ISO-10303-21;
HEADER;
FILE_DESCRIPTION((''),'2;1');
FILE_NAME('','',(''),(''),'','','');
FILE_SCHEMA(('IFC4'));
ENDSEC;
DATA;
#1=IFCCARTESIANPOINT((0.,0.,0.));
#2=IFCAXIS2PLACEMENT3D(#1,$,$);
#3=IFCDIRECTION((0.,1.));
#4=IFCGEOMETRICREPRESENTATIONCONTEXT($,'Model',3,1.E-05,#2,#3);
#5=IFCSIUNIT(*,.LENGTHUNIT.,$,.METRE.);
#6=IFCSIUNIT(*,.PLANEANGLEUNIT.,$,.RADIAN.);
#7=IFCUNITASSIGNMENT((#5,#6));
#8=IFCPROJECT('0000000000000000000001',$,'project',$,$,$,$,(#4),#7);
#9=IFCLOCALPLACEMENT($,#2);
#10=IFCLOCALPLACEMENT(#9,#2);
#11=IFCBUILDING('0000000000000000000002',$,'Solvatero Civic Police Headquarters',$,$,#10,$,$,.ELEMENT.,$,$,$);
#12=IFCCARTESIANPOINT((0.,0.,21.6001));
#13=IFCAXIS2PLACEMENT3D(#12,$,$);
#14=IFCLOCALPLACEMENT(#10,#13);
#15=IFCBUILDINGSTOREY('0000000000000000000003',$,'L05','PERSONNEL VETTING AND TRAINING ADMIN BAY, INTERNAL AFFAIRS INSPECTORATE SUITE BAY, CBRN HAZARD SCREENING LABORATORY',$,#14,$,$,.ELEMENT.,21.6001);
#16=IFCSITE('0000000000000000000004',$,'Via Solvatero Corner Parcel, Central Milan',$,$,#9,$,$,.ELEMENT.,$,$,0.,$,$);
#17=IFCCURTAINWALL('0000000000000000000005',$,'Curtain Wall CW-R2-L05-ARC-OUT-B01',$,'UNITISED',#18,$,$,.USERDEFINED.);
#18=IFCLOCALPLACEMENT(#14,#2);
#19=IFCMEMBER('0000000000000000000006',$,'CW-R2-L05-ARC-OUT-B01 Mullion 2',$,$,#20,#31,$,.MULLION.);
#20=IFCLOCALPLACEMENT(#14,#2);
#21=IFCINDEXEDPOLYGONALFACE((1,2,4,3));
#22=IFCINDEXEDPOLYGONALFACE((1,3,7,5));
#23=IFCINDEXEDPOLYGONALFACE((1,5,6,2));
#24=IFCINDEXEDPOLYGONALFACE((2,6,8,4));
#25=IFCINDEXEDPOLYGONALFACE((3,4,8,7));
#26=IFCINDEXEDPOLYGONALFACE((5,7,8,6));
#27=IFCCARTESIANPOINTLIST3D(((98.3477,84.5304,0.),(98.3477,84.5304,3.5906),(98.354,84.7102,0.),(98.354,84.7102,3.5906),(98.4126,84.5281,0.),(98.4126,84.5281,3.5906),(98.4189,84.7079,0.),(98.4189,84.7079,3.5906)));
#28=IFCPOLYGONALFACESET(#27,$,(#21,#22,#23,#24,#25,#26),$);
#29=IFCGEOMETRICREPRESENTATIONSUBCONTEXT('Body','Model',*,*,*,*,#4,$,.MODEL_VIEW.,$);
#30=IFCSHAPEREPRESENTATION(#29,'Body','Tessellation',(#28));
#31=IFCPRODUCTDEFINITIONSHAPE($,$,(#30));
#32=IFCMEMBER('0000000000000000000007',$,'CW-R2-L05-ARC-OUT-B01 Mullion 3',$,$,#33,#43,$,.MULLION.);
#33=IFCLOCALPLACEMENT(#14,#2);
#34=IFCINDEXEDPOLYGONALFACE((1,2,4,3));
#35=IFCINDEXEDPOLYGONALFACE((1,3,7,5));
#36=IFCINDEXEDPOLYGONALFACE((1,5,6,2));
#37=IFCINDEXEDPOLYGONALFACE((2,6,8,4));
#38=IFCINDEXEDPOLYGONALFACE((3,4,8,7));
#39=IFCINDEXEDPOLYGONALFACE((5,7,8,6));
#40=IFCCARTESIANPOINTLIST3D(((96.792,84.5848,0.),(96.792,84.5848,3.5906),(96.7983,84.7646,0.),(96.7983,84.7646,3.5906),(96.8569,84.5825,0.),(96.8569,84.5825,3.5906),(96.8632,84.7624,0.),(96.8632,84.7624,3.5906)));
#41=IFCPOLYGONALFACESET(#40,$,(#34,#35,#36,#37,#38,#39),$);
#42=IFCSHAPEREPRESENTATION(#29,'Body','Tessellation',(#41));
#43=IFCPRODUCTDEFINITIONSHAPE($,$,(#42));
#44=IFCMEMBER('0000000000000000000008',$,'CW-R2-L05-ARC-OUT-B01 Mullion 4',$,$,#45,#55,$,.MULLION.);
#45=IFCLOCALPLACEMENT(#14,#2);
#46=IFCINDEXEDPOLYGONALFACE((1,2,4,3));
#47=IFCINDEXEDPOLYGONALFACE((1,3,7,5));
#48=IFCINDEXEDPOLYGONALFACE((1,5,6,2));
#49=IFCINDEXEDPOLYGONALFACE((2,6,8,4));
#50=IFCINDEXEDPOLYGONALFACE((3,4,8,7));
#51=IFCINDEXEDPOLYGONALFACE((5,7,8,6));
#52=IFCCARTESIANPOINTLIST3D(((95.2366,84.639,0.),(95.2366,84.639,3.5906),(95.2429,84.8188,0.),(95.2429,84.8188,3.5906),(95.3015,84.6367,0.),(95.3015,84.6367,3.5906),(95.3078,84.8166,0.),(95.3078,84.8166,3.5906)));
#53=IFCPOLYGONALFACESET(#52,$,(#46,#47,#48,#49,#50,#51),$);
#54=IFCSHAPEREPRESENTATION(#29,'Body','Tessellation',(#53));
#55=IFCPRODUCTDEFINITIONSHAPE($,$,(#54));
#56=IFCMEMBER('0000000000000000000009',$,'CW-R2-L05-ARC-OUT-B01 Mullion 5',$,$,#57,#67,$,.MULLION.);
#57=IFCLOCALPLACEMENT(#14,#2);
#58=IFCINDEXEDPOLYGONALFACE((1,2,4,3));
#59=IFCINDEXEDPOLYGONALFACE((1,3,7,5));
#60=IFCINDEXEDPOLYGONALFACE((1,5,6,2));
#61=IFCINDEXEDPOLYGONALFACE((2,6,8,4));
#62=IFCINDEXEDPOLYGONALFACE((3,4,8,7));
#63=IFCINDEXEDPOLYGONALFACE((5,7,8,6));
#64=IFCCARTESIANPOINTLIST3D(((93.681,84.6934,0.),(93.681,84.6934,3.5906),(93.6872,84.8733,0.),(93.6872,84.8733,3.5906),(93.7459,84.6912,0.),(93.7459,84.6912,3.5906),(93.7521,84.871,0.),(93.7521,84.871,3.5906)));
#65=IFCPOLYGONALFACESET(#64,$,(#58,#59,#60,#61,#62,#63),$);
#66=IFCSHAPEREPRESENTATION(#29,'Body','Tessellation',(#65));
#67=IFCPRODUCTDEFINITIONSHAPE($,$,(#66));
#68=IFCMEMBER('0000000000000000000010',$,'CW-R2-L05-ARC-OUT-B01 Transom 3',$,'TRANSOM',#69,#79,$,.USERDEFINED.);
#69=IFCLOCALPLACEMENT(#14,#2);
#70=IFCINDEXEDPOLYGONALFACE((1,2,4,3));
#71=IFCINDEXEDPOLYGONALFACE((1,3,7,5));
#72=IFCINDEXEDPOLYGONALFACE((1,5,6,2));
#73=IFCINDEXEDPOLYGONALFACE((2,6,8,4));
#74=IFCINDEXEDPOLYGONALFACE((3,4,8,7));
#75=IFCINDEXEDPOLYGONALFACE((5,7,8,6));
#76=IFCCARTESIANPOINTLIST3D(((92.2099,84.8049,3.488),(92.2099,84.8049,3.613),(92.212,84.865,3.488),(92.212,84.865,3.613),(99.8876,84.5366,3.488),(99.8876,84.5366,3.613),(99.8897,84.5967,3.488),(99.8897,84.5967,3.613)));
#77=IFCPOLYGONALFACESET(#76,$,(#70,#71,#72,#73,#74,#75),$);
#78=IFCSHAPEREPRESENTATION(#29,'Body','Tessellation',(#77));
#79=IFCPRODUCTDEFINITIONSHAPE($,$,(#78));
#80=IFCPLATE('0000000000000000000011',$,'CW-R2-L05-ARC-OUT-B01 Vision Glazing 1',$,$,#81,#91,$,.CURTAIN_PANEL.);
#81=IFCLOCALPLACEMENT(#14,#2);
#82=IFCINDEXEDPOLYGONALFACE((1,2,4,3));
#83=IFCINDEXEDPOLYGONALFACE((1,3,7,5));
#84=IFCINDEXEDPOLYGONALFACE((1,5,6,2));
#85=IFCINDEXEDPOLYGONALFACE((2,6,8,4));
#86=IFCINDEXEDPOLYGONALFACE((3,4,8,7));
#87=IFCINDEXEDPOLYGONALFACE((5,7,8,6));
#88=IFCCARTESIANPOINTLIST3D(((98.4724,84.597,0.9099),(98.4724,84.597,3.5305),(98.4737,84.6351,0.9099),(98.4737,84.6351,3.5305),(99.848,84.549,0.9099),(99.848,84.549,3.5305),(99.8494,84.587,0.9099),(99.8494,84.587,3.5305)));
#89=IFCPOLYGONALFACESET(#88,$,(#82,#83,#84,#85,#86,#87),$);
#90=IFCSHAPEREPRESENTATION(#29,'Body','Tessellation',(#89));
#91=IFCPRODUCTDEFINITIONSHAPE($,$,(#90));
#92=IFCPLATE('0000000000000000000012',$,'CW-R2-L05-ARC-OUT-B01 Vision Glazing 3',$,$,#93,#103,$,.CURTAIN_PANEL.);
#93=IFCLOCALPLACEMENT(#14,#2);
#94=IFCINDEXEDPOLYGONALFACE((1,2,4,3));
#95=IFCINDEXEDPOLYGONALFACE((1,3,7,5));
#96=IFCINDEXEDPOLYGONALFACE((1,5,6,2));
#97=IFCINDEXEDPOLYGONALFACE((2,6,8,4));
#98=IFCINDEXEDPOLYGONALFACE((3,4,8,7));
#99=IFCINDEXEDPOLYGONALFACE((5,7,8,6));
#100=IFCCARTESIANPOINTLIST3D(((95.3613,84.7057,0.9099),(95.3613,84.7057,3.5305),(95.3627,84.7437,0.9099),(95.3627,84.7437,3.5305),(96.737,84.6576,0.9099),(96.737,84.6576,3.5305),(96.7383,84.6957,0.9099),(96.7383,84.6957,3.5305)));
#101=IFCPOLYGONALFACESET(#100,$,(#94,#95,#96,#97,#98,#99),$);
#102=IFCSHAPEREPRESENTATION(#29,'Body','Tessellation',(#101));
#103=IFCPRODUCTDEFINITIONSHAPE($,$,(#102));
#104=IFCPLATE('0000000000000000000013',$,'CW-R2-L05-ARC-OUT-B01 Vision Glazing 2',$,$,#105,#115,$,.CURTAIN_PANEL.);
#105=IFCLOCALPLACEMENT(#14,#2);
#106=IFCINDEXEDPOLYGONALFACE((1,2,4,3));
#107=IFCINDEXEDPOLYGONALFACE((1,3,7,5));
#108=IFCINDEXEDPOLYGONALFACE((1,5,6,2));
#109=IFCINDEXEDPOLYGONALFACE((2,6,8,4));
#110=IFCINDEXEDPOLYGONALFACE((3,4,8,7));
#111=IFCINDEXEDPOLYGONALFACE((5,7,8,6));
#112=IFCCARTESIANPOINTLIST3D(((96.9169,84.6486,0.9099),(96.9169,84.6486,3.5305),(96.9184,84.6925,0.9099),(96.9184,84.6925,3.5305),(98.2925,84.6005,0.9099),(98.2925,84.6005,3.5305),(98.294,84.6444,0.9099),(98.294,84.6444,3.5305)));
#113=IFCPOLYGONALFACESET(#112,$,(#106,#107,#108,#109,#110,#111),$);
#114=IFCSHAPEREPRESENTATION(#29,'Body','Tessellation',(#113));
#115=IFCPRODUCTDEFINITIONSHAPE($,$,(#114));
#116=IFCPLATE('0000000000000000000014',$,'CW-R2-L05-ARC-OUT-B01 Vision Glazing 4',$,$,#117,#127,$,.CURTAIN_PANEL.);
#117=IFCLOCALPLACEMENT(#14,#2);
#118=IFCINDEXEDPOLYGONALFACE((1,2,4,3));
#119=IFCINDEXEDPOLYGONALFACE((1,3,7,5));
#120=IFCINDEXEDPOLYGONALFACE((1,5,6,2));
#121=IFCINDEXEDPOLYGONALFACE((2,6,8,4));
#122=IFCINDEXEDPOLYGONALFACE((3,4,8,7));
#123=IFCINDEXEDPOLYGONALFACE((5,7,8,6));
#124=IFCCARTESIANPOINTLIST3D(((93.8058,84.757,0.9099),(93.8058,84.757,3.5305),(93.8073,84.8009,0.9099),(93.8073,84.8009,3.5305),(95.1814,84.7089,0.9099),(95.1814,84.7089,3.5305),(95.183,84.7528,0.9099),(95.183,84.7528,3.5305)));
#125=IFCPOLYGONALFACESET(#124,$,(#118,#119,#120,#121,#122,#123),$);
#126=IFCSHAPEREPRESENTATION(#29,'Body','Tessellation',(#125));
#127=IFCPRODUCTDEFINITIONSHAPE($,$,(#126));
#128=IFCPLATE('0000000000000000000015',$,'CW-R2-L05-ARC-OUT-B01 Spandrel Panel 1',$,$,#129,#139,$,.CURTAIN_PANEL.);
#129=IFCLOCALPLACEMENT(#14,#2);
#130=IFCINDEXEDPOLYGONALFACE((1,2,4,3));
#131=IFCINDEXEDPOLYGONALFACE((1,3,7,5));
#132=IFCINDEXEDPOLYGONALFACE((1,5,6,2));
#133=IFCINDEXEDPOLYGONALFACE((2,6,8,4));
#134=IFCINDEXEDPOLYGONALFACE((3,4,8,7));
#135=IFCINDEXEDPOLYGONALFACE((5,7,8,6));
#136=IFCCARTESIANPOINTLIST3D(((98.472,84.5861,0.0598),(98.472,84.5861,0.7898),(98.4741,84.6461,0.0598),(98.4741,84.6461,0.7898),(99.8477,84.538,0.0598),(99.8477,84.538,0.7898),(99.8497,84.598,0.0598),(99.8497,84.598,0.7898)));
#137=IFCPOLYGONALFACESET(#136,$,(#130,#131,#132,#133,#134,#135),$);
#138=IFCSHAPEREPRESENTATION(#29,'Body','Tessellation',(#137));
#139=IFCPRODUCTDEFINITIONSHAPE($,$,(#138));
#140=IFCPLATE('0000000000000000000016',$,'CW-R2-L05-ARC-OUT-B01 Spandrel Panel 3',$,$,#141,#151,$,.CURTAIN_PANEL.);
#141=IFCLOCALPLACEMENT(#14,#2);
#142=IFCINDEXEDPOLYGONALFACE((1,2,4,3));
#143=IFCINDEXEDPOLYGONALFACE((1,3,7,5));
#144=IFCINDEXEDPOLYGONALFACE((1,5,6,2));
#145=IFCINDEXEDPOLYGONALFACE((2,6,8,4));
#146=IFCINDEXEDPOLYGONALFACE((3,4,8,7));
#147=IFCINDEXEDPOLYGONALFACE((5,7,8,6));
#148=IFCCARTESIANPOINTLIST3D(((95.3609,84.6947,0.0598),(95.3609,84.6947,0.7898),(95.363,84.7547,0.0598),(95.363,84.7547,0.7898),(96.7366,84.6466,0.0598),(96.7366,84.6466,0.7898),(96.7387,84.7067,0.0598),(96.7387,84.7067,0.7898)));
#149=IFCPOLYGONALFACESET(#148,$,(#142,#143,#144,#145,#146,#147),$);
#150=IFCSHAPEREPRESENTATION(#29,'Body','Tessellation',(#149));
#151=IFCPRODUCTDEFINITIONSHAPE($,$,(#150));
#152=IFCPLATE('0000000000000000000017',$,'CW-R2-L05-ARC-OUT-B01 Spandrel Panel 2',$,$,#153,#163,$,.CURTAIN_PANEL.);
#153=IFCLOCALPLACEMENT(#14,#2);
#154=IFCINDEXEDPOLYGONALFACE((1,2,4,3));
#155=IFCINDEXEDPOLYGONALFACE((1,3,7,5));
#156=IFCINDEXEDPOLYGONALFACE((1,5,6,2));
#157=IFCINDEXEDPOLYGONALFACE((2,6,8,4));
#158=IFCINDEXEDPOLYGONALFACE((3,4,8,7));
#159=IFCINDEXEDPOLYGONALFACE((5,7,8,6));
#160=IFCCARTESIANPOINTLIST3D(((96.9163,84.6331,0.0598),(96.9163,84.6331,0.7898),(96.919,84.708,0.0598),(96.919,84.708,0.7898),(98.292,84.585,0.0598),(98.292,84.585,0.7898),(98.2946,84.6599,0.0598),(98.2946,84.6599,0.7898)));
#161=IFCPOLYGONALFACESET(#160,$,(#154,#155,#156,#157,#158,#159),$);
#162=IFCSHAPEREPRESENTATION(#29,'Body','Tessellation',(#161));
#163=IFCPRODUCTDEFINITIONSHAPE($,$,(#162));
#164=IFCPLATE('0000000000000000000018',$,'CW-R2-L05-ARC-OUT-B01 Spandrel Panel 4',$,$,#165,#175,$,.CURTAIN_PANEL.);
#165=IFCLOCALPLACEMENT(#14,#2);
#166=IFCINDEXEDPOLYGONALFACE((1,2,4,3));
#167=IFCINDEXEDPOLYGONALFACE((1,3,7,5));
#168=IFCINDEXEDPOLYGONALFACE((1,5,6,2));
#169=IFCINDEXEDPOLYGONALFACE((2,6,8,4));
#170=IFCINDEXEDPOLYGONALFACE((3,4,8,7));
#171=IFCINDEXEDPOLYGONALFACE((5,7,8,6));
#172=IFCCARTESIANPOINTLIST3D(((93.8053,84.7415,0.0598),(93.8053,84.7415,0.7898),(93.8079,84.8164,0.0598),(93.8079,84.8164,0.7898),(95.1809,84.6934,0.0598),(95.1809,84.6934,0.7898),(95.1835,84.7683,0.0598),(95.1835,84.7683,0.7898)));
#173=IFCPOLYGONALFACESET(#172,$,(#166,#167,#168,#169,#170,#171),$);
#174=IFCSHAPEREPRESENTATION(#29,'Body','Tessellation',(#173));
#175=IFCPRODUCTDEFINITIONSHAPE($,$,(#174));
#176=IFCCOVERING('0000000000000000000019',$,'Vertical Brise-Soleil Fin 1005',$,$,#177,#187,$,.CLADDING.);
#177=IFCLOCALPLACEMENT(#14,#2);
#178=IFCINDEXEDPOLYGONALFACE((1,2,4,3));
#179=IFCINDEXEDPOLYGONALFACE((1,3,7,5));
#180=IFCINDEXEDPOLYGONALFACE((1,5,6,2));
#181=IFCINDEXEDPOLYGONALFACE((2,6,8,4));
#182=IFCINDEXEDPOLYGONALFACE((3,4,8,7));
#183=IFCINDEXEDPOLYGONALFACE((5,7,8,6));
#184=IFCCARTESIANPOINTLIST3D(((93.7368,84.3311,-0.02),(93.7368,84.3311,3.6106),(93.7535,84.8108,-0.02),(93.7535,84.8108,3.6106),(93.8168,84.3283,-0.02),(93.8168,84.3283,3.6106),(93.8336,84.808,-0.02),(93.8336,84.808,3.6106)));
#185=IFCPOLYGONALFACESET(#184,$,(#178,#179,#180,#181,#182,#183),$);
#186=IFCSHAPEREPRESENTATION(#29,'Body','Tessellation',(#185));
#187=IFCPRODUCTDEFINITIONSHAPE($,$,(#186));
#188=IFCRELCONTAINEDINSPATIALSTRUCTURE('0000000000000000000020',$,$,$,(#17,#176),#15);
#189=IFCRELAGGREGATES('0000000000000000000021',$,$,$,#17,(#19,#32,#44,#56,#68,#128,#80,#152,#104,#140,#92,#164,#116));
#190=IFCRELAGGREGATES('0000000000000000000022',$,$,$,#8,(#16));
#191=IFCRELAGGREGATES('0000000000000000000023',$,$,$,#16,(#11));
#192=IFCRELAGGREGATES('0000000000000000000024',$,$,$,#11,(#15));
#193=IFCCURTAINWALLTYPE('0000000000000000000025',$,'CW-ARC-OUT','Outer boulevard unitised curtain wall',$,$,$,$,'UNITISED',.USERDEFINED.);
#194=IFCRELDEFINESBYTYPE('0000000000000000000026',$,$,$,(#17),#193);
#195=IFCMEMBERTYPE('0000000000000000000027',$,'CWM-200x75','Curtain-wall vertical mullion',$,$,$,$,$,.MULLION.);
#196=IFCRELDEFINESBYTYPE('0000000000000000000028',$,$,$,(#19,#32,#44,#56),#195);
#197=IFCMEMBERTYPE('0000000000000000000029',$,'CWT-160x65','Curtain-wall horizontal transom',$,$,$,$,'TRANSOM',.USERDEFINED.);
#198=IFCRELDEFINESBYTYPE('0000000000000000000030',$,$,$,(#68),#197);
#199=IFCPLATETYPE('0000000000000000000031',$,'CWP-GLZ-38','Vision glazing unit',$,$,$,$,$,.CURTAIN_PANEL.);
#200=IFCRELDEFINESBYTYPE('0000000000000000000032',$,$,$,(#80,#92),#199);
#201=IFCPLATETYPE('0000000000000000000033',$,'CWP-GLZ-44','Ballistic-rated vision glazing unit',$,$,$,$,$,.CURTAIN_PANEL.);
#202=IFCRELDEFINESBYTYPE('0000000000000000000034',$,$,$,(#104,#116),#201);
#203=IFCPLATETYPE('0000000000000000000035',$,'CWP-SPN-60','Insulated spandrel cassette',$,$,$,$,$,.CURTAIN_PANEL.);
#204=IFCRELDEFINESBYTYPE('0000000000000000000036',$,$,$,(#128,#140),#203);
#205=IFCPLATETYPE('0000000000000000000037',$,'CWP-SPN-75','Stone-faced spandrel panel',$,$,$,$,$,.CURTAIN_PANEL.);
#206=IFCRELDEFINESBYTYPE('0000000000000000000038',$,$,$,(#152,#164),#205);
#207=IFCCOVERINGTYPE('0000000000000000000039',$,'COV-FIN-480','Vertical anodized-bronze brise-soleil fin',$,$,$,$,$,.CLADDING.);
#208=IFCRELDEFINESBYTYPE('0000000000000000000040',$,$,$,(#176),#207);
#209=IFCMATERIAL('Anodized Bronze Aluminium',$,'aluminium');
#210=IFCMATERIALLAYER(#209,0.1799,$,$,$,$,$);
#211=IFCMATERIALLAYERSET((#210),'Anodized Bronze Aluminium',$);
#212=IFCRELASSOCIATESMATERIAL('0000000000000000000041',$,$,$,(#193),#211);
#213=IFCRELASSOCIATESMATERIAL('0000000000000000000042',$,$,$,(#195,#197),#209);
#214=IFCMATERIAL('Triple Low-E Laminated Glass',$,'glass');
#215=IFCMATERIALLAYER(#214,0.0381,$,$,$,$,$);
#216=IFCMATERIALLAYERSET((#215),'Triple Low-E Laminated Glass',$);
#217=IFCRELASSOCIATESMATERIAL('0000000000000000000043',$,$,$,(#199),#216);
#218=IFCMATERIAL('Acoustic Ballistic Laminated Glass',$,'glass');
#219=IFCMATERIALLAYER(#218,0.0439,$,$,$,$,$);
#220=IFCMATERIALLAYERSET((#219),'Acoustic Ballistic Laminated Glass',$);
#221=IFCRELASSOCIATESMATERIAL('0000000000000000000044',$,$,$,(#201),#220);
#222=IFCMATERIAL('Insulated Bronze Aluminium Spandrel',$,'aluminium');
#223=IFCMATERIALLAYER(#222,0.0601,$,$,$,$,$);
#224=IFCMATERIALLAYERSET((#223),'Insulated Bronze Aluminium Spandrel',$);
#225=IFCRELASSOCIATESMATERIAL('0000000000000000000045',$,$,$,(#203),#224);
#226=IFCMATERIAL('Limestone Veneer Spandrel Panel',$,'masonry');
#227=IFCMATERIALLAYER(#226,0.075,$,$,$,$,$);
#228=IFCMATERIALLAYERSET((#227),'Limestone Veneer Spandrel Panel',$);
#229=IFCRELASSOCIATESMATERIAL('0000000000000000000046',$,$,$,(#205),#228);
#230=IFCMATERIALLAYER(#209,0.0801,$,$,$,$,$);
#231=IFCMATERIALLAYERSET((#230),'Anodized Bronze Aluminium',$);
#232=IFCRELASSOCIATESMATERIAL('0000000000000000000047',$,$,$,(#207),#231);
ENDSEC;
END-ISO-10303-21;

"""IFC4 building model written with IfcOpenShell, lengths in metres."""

from ifc_helpers import new_model, si_unit, direction, frame, origin, origin_2d, place, context, subcontext, project, spatial, rectangle, extrude, material, layer, layer_set, material_profile, profile_set, type_object, element, aggregate, save


model = new_model("IFC4")

# Units and contexts
model_context = context("Model", 3, precision=1e-05, world=origin(), true_north=direction((0.0, 1.0)))
body_context = subcontext(model_context, "Body", "Model", "MODEL_VIEW")
ifc_project = project(units=[si_unit("LENGTHUNIT", "METRE"), si_unit("PLANEANGLEUNIT", "RADIAN")], contexts=[model_context])

# Site, building, storey
site_placement = place(None, origin())
site = spatial("IfcSite", under=ifc_project, at=site_placement, Name="Via Solvatero Corner Parcel, Central Milan", CompositionType="ELEMENT", RefElevation=0.0)
building_placement = place(site_placement, origin())
building = spatial("IfcBuilding", under=site, at=building_placement, Name="Solvatero Civic Police Headquarters", CompositionType="ELEMENT")
storey_placement = place(building_placement, frame((0.0, 0.0, 21.6001)))
storey = spatial("IfcBuildingStorey", under=building, at=storey_placement, Name="L05", Description="PERSONNEL VETTING AND TRAINING ADMIN BAY, INTERNAL AFFAIRS INSPECTORATE SUITE BAY, CBRN HAZARD SCREENING LABORATORY", CompositionType="ELEMENT", Elevation=21.6001)

# Curtain wall, members, plates
ifc_material_1 = material(Name="Anodized Bronze Aluminium", Category="aluminium")
ifc_layer_1 = layer(ifc_material_1, 0.1799)
ifc_layer_set_1 = layer_set([ifc_layer_1], Name="Anodized Bronze Aluminium")
curtain_wall_type = type_object("IfcCurtainWallType", Name="CW-ARC-OUT", Description="Outer boulevard unitised curtain wall", ElementType="UNITISED", PredefinedType="USERDEFINED", material=ifc_layer_set_1)
curtain_wall_placement = place(storey_placement, origin())
curtain_wall = element("IfcCurtainWall", 1, at=curtain_wall_placement, inside=storey, type_object=curtain_wall_type, Name="Curtain Wall CW-R2-L05-ARC-OUT-B01", ObjectType="UNITISED", PredefinedType="USERDEFINED")
ifc_material_profile_1 = material_profile(ifc_material_1, rectangle(XDim=0.0649, YDim=0.1799, at=origin_2d()), Name="ALU MULLION 65x180")
ifc_profile_set_1 = profile_set([ifc_material_profile_1], Name="Anodized Bronze Aluminium")
member_type_1 = type_object("IfcMemberType", Name="CWM-200x75", Description="Curtain-wall vertical mullion", PredefinedType="MULLION", material=ifc_profile_set_1)
member_1_placement = place(storey_placement, frame((98.3833, 84.6191, 0.0), z_axis=(0.0, 0.0, 1.0), x_axis=(-0.99939, 0.034917, 0.0)))
member_1 = element("IfcMember", 2, at=member_1_placement, type_object=member_type_1, Name="CW-R2-L05-ARC-OUT-B01 Mullion 2", PredefinedType="MULLION", context=body_context, shape_type="SweptSolid", body=[
    extrude(rectangle(XDim=0.0649, YDim=0.1799, at=origin_2d()), origin(), (0.0, 0.0, 1.0), 3.5906),
])
member_2_placement = place(storey_placement, frame((96.8276, 84.6736, 0.0), z_axis=(0.0, 0.0, 1.0), x_axis=(-0.99939, 0.034917, 0.0)))
member_2 = element("IfcMember", 3, at=member_2_placement, type_object=member_type_1, Name="CW-R2-L05-ARC-OUT-B01 Mullion 3", PredefinedType="MULLION", context=body_context, shape_type="SweptSolid", body=[
    extrude(rectangle(XDim=0.0649, YDim=0.1799, at=origin_2d()), origin(), (0.0, 0.0, 1.0), 3.5906),
])
member_3_placement = place(storey_placement, frame((95.2722, 84.7278, 0.0), z_axis=(0.0, 0.0, 1.0), x_axis=(-0.99939, 0.034917, 0.0)))
member_3 = element("IfcMember", 4, at=member_3_placement, type_object=member_type_1, Name="CW-R2-L05-ARC-OUT-B01 Mullion 4", PredefinedType="MULLION", context=body_context, shape_type="SweptSolid", body=[
    extrude(rectangle(XDim=0.0649, YDim=0.1799, at=origin_2d()), origin(), (0.0, 0.0, 1.0), 3.5906),
])
member_4_placement = place(storey_placement, frame((93.7166, 84.7822, 0.0), z_axis=(0.0, 0.0, 1.0), x_axis=(-0.99939, 0.034917, 0.0)))
member_4 = element("IfcMember", 5, at=member_4_placement, type_object=member_type_1, Name="CW-R2-L05-ARC-OUT-B01 Mullion 5", PredefinedType="MULLION", context=body_context, shape_type="SweptSolid", body=[
    extrude(rectangle(XDim=0.0649, YDim=0.1799, at=origin_2d()), origin(), (0.0, 0.0, 1.0), 3.5906),
])
ifc_material_profile_2 = material_profile(ifc_material_1, rectangle(XDim=0.0601, YDim=0.125, at=origin_2d()), Name="ALU TRANSOM 60x125")
ifc_profile_set_2 = profile_set([ifc_material_profile_2], Name="Anodized Bronze Aluminium")
member_type_2 = type_object("IfcMemberType", Name="CWT-160x65", Description="Curtain-wall horizontal transom", ElementType="TRANSOM", PredefinedType="USERDEFINED", material=ifc_profile_set_2)
member_5_placement = place(storey_placement, frame((99.8887, 84.5667, 3.5505), z_axis=(-0.99939, 0.034925, 0.0), x_axis=(-0.034925, -0.99939, 0.0)))
member_5 = element("IfcMember", 6, at=member_5_placement, type_object=member_type_2, Name="CW-R2-L05-ARC-OUT-B01 Transom 3", ObjectType="TRANSOM", PredefinedType="USERDEFINED", context=body_context, shape_type="SweptSolid", body=[
    extrude(rectangle(XDim=0.0601, YDim=0.125, at=origin_2d()), origin(), (0.0, 0.0, 1.0), 7.6824),
])
ifc_material_2 = material(Name="Triple Low-E Laminated Glass", Category="glass")
ifc_layer_2 = layer(ifc_material_2, 0.0381)
ifc_layer_set_2 = layer_set([ifc_layer_2], Name="Triple Low-E Laminated Glass")
plate_type_1 = type_object("IfcPlateType", Name="CWP-GLZ-38", Description="Vision glazing unit", PredefinedType="CURTAIN_PANEL", material=ifc_layer_set_2)
plate_1_placement = place(storey_placement, frame((99.1609, 84.592, 0.9099), z_axis=(0.0, 0.0, 1.0), x_axis=(-0.99939, 0.034917, 0.0)))
plate_1 = element("IfcPlate", 7, at=plate_1_placement, type_object=plate_type_1, Name="CW-R2-L05-ARC-OUT-B01 Vision Glazing 1", PredefinedType="CURTAIN_PANEL", context=body_context, shape_type="SweptSolid", body=[
    extrude(rectangle(XDim=1.3765, YDim=0.0381, at=origin_2d()), origin(), (0.0, 0.0, 1.0), 2.6206),
])
plate_2_placement = place(storey_placement, frame((96.0498, 84.7007, 0.9099), z_axis=(0.0, 0.0, 1.0), x_axis=(-0.99939, 0.034917, 0.0)))
plate_2 = element("IfcPlate", 8, at=plate_2_placement, type_object=plate_type_1, Name="CW-R2-L05-ARC-OUT-B01 Vision Glazing 3", PredefinedType="CURTAIN_PANEL", context=body_context, shape_type="SweptSolid", body=[
    extrude(rectangle(XDim=1.3765, YDim=0.0381, at=origin_2d()), origin(), (0.0, 0.0, 1.0), 2.6206),
])
ifc_material_3 = material(Name="Acoustic Ballistic Laminated Glass", Category="glass")
ifc_layer_3 = layer(ifc_material_3, 0.0439)
ifc_layer_set_3 = layer_set([ifc_layer_3], Name="Acoustic Ballistic Laminated Glass")
plate_type_2 = type_object("IfcPlateType", Name="CWP-GLZ-44", Description="Ballistic-rated vision glazing unit", PredefinedType="CURTAIN_PANEL", material=ifc_layer_set_3)
plate_3_placement = place(storey_placement, frame((97.6055, 84.6465, 0.9099), z_axis=(0.0, 0.0, 1.0), x_axis=(-0.99939, 0.034917, 0.0)))
plate_3 = element("IfcPlate", 9, at=plate_3_placement, type_object=plate_type_2, Name="CW-R2-L05-ARC-OUT-B01 Vision Glazing 2", PredefinedType="CURTAIN_PANEL", context=body_context, shape_type="SweptSolid", body=[
    extrude(rectangle(XDim=1.3765, YDim=0.0439, at=origin_2d()), origin(), (0.0, 0.0, 1.0), 2.6206),
])
plate_4_placement = place(storey_placement, frame((94.4944, 84.7549, 0.9099), z_axis=(0.0, 0.0, 1.0), x_axis=(-0.99939, 0.034917, 0.0)))
plate_4 = element("IfcPlate", 10, at=plate_4_placement, type_object=plate_type_2, Name="CW-R2-L05-ARC-OUT-B01 Vision Glazing 4", PredefinedType="CURTAIN_PANEL", context=body_context, shape_type="SweptSolid", body=[
    extrude(rectangle(XDim=1.3765, YDim=0.0439, at=origin_2d()), origin(), (0.0, 0.0, 1.0), 2.6206),
])
ifc_material_4 = material(Name="Insulated Bronze Aluminium Spandrel", Category="aluminium")
ifc_layer_4 = layer(ifc_material_4, 0.0601)
ifc_layer_set_4 = layer_set([ifc_layer_4], Name="Insulated Bronze Aluminium Spandrel")
plate_type_3 = type_object("IfcPlateType", Name="CWP-SPN-60", Description="Insulated spandrel cassette", PredefinedType="CURTAIN_PANEL", material=ifc_layer_set_4)
plate_5_placement = place(storey_placement, frame((99.1609, 84.592, 0.0598), z_axis=(0.0, 0.0, 1.0), x_axis=(-0.99939, 0.034917, 0.0)))
plate_5 = element("IfcPlate", 11, at=plate_5_placement, type_object=plate_type_3, Name="CW-R2-L05-ARC-OUT-B01 Spandrel Panel 1", PredefinedType="CURTAIN_PANEL", context=body_context, shape_type="SweptSolid", body=[
    extrude(rectangle(XDim=1.3765, YDim=0.0601, at=origin_2d()), origin(), (0.0, 0.0, 1.0), 0.73),
])
plate_6_placement = place(storey_placement, frame((96.0498, 84.7007, 0.0598), z_axis=(0.0, 0.0, 1.0), x_axis=(-0.99939, 0.034917, 0.0)))
plate_6 = element("IfcPlate", 12, at=plate_6_placement, type_object=plate_type_3, Name="CW-R2-L05-ARC-OUT-B01 Spandrel Panel 3", PredefinedType="CURTAIN_PANEL", context=body_context, shape_type="SweptSolid", body=[
    extrude(rectangle(XDim=1.3765, YDim=0.0601, at=origin_2d()), origin(), (0.0, 0.0, 1.0), 0.73),
])
ifc_material_5 = material(Name="Limestone Veneer Spandrel Panel", Category="masonry")
ifc_layer_5 = layer(ifc_material_5, 0.075)
ifc_layer_set_5 = layer_set([ifc_layer_5], Name="Limestone Veneer Spandrel Panel")
plate_type_4 = type_object("IfcPlateType", Name="CWP-SPN-75", Description="Stone-faced spandrel panel", PredefinedType="CURTAIN_PANEL", material=ifc_layer_set_5)
plate_7_placement = place(storey_placement, frame((97.6055, 84.6465, 0.0598), z_axis=(0.0, 0.0, 1.0), x_axis=(-0.99939, 0.034917, 0.0)))
plate_7 = element("IfcPlate", 13, at=plate_7_placement, type_object=plate_type_4, Name="CW-R2-L05-ARC-OUT-B01 Spandrel Panel 2", PredefinedType="CURTAIN_PANEL", context=body_context, shape_type="SweptSolid", body=[
    extrude(rectangle(XDim=1.3765, YDim=0.075, at=origin_2d()), origin(), (0.0, 0.0, 1.0), 0.73),
])
plate_8_placement = place(storey_placement, frame((94.4944, 84.7549, 0.0598), z_axis=(0.0, 0.0, 1.0), x_axis=(-0.99939, 0.034917, 0.0)))
plate_8 = element("IfcPlate", 14, at=plate_8_placement, type_object=plate_type_4, Name="CW-R2-L05-ARC-OUT-B01 Spandrel Panel 4", PredefinedType="CURTAIN_PANEL", context=body_context, shape_type="SweptSolid", body=[
    extrude(rectangle(XDim=1.3765, YDim=0.075, at=origin_2d()), origin(), (0.0, 0.0, 1.0), 0.73),
])
aggregate(curtain_wall, [member_1, member_2, member_3, member_4, member_5, plate_5, plate_1, plate_7, plate_3, plate_6, plate_2, plate_8, plate_4])

# Covering
ifc_layer_6 = layer(ifc_material_1, 0.0801)
ifc_layer_set_6 = layer_set([ifc_layer_6], Name="Anodized Bronze Aluminium")
covering_type = type_object("IfcCoveringType", Name="COV-FIN-480", Description="Vertical anodized-bronze brise-soleil fin", PredefinedType="CLADDING", material=ifc_layer_set_6)
covering_placement = place(storey_placement, frame((93.7852, 84.5696, -0.02), z_axis=(0.0, 0.0, 1.0), x_axis=(-0.99939, 0.034917, 0.0)))
element("IfcCovering", 15, at=covering_placement, inside=storey, type_object=covering_type, Name="Vertical Brise-Soleil Fin 1005", PredefinedType="CLADDING", context=body_context, shape_type="SweptSolid", body=[
    extrude(rectangle(XDim=0.0801, YDim=0.48, at=origin_2d()), origin(), (0.0, 0.0, 1.0), 3.6306),
])

save(model, "model.ifc")
